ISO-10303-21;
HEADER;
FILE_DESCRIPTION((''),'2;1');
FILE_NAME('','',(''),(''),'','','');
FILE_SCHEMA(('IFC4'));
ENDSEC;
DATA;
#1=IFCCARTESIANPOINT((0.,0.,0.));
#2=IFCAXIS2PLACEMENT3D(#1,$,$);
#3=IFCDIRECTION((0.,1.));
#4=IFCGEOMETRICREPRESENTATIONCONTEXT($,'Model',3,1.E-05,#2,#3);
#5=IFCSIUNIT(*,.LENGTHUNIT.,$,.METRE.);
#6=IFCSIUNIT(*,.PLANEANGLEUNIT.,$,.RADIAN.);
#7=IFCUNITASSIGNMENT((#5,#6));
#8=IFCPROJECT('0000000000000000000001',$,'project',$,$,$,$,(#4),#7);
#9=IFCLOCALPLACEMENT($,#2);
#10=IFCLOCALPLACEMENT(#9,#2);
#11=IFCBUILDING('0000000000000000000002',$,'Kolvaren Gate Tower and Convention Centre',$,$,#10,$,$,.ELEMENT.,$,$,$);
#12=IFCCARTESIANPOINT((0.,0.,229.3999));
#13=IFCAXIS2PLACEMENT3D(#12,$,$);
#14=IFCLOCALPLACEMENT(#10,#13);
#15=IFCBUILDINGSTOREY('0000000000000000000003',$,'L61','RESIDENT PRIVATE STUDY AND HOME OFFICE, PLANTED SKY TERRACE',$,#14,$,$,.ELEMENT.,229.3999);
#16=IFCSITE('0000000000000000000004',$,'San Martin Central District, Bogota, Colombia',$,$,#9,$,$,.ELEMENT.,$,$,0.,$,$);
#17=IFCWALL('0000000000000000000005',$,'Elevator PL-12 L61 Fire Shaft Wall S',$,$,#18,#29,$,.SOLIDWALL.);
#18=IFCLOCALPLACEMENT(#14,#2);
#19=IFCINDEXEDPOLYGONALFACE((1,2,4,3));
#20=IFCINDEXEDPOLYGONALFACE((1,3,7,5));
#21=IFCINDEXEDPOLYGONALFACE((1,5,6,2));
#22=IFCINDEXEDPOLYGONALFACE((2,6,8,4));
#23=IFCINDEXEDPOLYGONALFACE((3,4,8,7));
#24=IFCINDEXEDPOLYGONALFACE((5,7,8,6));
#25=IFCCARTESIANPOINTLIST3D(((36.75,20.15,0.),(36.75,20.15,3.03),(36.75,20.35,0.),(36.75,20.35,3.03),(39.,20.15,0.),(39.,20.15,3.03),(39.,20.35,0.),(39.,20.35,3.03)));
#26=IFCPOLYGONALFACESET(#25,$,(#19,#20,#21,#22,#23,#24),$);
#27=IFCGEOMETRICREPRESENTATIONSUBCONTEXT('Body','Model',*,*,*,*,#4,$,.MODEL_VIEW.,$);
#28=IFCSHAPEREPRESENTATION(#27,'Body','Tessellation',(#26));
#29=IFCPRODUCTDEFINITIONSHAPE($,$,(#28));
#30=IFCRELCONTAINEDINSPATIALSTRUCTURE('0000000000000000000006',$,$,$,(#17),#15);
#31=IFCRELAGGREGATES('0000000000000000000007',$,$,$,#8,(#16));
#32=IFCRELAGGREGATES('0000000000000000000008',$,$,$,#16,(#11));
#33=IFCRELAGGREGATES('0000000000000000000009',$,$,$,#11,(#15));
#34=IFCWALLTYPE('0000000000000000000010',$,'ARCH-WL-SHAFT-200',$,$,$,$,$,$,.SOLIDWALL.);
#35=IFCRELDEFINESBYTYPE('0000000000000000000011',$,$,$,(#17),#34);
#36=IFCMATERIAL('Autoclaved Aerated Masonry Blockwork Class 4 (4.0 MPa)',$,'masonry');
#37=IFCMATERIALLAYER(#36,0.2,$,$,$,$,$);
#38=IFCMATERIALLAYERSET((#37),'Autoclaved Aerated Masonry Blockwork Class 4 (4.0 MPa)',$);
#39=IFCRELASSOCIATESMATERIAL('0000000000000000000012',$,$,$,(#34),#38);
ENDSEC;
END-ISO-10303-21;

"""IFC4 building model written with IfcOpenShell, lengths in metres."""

from ifc_helpers import new_model, si_unit, direction, frame, frame_2d, origin, place, context, subcontext, project, spatial, rectangle, extrude, material, layer, layer_set, type_object, element, save


model = new_model("IFC4")

# Units and contexts
model_context = context("Model", 3, precision=1e-05, world=origin(), true_north=direction((0.0, 1.0)))
body_context = subcontext(model_context, "Body", "Model", "MODEL_VIEW")
ifc_project = project(units=[si_unit("LENGTHUNIT", "METRE"), si_unit("PLANEANGLEUNIT", "RADIAN")], contexts=[model_context])

# Site, building, storey
site_placement = place(None, origin())
site = spatial("IfcSite", under=ifc_project, at=site_placement, Name="San Martin Central District, Bogota, Colombia", CompositionType="ELEMENT", RefElevation=0.0)
building_placement = place(site_placement, origin())
building = spatial("IfcBuilding", under=site, at=building_placement, Name="Kolvaren Gate Tower and Convention Centre", CompositionType="ELEMENT")
storey_placement = place(building_placement, frame((0.0, 0.0, 229.3999)))
storey = spatial("IfcBuildingStorey", under=building, at=storey_placement, Name="L61", Description="RESIDENT PRIVATE STUDY AND HOME OFFICE, PLANTED SKY TERRACE", CompositionType="ELEMENT", Elevation=229.3999)

# Shared definitions
ifc_material_1 = material(Name="Autoclaved Aerated Masonry Blockwork Class 4 (4.0 MPa)", Category="masonry")

# Shared definitions
ifc_layer_1 = layer(ifc_material_1, 0.2)
ifc_layer_set_1 = layer_set([ifc_layer_1], Name="Autoclaved Aerated Masonry Blockwork Class 4 (4.0 MPa)")
wall_type_1 = type_object("IfcWallType", Name="ARCH-WL-SHAFT-200", PredefinedType="SOLIDWALL", material=ifc_layer_set_1)

# Wall
wall_1_placement = place(storey_placement, frame((36.75, 20.25, 0.0), z_axis=(0.0, 0.0, 1.0), x_axis=(1.0, 0.0, 0.0)))
element("IfcWall", 1, at=wall_1_placement, inside=storey, type_object=wall_type_1, Name="Elevator PL-12 L61 Fire Shaft Wall S", PredefinedType="SOLIDWALL", context=body_context, shape_type="SweptSolid", body=[
    extrude(rectangle(XDim=2.25, YDim=0.2, at=frame_2d((1.125, 0.0))), origin(), (0.0, 0.0, 1.0), 3.03),
])

save(model, "model.ifc")
